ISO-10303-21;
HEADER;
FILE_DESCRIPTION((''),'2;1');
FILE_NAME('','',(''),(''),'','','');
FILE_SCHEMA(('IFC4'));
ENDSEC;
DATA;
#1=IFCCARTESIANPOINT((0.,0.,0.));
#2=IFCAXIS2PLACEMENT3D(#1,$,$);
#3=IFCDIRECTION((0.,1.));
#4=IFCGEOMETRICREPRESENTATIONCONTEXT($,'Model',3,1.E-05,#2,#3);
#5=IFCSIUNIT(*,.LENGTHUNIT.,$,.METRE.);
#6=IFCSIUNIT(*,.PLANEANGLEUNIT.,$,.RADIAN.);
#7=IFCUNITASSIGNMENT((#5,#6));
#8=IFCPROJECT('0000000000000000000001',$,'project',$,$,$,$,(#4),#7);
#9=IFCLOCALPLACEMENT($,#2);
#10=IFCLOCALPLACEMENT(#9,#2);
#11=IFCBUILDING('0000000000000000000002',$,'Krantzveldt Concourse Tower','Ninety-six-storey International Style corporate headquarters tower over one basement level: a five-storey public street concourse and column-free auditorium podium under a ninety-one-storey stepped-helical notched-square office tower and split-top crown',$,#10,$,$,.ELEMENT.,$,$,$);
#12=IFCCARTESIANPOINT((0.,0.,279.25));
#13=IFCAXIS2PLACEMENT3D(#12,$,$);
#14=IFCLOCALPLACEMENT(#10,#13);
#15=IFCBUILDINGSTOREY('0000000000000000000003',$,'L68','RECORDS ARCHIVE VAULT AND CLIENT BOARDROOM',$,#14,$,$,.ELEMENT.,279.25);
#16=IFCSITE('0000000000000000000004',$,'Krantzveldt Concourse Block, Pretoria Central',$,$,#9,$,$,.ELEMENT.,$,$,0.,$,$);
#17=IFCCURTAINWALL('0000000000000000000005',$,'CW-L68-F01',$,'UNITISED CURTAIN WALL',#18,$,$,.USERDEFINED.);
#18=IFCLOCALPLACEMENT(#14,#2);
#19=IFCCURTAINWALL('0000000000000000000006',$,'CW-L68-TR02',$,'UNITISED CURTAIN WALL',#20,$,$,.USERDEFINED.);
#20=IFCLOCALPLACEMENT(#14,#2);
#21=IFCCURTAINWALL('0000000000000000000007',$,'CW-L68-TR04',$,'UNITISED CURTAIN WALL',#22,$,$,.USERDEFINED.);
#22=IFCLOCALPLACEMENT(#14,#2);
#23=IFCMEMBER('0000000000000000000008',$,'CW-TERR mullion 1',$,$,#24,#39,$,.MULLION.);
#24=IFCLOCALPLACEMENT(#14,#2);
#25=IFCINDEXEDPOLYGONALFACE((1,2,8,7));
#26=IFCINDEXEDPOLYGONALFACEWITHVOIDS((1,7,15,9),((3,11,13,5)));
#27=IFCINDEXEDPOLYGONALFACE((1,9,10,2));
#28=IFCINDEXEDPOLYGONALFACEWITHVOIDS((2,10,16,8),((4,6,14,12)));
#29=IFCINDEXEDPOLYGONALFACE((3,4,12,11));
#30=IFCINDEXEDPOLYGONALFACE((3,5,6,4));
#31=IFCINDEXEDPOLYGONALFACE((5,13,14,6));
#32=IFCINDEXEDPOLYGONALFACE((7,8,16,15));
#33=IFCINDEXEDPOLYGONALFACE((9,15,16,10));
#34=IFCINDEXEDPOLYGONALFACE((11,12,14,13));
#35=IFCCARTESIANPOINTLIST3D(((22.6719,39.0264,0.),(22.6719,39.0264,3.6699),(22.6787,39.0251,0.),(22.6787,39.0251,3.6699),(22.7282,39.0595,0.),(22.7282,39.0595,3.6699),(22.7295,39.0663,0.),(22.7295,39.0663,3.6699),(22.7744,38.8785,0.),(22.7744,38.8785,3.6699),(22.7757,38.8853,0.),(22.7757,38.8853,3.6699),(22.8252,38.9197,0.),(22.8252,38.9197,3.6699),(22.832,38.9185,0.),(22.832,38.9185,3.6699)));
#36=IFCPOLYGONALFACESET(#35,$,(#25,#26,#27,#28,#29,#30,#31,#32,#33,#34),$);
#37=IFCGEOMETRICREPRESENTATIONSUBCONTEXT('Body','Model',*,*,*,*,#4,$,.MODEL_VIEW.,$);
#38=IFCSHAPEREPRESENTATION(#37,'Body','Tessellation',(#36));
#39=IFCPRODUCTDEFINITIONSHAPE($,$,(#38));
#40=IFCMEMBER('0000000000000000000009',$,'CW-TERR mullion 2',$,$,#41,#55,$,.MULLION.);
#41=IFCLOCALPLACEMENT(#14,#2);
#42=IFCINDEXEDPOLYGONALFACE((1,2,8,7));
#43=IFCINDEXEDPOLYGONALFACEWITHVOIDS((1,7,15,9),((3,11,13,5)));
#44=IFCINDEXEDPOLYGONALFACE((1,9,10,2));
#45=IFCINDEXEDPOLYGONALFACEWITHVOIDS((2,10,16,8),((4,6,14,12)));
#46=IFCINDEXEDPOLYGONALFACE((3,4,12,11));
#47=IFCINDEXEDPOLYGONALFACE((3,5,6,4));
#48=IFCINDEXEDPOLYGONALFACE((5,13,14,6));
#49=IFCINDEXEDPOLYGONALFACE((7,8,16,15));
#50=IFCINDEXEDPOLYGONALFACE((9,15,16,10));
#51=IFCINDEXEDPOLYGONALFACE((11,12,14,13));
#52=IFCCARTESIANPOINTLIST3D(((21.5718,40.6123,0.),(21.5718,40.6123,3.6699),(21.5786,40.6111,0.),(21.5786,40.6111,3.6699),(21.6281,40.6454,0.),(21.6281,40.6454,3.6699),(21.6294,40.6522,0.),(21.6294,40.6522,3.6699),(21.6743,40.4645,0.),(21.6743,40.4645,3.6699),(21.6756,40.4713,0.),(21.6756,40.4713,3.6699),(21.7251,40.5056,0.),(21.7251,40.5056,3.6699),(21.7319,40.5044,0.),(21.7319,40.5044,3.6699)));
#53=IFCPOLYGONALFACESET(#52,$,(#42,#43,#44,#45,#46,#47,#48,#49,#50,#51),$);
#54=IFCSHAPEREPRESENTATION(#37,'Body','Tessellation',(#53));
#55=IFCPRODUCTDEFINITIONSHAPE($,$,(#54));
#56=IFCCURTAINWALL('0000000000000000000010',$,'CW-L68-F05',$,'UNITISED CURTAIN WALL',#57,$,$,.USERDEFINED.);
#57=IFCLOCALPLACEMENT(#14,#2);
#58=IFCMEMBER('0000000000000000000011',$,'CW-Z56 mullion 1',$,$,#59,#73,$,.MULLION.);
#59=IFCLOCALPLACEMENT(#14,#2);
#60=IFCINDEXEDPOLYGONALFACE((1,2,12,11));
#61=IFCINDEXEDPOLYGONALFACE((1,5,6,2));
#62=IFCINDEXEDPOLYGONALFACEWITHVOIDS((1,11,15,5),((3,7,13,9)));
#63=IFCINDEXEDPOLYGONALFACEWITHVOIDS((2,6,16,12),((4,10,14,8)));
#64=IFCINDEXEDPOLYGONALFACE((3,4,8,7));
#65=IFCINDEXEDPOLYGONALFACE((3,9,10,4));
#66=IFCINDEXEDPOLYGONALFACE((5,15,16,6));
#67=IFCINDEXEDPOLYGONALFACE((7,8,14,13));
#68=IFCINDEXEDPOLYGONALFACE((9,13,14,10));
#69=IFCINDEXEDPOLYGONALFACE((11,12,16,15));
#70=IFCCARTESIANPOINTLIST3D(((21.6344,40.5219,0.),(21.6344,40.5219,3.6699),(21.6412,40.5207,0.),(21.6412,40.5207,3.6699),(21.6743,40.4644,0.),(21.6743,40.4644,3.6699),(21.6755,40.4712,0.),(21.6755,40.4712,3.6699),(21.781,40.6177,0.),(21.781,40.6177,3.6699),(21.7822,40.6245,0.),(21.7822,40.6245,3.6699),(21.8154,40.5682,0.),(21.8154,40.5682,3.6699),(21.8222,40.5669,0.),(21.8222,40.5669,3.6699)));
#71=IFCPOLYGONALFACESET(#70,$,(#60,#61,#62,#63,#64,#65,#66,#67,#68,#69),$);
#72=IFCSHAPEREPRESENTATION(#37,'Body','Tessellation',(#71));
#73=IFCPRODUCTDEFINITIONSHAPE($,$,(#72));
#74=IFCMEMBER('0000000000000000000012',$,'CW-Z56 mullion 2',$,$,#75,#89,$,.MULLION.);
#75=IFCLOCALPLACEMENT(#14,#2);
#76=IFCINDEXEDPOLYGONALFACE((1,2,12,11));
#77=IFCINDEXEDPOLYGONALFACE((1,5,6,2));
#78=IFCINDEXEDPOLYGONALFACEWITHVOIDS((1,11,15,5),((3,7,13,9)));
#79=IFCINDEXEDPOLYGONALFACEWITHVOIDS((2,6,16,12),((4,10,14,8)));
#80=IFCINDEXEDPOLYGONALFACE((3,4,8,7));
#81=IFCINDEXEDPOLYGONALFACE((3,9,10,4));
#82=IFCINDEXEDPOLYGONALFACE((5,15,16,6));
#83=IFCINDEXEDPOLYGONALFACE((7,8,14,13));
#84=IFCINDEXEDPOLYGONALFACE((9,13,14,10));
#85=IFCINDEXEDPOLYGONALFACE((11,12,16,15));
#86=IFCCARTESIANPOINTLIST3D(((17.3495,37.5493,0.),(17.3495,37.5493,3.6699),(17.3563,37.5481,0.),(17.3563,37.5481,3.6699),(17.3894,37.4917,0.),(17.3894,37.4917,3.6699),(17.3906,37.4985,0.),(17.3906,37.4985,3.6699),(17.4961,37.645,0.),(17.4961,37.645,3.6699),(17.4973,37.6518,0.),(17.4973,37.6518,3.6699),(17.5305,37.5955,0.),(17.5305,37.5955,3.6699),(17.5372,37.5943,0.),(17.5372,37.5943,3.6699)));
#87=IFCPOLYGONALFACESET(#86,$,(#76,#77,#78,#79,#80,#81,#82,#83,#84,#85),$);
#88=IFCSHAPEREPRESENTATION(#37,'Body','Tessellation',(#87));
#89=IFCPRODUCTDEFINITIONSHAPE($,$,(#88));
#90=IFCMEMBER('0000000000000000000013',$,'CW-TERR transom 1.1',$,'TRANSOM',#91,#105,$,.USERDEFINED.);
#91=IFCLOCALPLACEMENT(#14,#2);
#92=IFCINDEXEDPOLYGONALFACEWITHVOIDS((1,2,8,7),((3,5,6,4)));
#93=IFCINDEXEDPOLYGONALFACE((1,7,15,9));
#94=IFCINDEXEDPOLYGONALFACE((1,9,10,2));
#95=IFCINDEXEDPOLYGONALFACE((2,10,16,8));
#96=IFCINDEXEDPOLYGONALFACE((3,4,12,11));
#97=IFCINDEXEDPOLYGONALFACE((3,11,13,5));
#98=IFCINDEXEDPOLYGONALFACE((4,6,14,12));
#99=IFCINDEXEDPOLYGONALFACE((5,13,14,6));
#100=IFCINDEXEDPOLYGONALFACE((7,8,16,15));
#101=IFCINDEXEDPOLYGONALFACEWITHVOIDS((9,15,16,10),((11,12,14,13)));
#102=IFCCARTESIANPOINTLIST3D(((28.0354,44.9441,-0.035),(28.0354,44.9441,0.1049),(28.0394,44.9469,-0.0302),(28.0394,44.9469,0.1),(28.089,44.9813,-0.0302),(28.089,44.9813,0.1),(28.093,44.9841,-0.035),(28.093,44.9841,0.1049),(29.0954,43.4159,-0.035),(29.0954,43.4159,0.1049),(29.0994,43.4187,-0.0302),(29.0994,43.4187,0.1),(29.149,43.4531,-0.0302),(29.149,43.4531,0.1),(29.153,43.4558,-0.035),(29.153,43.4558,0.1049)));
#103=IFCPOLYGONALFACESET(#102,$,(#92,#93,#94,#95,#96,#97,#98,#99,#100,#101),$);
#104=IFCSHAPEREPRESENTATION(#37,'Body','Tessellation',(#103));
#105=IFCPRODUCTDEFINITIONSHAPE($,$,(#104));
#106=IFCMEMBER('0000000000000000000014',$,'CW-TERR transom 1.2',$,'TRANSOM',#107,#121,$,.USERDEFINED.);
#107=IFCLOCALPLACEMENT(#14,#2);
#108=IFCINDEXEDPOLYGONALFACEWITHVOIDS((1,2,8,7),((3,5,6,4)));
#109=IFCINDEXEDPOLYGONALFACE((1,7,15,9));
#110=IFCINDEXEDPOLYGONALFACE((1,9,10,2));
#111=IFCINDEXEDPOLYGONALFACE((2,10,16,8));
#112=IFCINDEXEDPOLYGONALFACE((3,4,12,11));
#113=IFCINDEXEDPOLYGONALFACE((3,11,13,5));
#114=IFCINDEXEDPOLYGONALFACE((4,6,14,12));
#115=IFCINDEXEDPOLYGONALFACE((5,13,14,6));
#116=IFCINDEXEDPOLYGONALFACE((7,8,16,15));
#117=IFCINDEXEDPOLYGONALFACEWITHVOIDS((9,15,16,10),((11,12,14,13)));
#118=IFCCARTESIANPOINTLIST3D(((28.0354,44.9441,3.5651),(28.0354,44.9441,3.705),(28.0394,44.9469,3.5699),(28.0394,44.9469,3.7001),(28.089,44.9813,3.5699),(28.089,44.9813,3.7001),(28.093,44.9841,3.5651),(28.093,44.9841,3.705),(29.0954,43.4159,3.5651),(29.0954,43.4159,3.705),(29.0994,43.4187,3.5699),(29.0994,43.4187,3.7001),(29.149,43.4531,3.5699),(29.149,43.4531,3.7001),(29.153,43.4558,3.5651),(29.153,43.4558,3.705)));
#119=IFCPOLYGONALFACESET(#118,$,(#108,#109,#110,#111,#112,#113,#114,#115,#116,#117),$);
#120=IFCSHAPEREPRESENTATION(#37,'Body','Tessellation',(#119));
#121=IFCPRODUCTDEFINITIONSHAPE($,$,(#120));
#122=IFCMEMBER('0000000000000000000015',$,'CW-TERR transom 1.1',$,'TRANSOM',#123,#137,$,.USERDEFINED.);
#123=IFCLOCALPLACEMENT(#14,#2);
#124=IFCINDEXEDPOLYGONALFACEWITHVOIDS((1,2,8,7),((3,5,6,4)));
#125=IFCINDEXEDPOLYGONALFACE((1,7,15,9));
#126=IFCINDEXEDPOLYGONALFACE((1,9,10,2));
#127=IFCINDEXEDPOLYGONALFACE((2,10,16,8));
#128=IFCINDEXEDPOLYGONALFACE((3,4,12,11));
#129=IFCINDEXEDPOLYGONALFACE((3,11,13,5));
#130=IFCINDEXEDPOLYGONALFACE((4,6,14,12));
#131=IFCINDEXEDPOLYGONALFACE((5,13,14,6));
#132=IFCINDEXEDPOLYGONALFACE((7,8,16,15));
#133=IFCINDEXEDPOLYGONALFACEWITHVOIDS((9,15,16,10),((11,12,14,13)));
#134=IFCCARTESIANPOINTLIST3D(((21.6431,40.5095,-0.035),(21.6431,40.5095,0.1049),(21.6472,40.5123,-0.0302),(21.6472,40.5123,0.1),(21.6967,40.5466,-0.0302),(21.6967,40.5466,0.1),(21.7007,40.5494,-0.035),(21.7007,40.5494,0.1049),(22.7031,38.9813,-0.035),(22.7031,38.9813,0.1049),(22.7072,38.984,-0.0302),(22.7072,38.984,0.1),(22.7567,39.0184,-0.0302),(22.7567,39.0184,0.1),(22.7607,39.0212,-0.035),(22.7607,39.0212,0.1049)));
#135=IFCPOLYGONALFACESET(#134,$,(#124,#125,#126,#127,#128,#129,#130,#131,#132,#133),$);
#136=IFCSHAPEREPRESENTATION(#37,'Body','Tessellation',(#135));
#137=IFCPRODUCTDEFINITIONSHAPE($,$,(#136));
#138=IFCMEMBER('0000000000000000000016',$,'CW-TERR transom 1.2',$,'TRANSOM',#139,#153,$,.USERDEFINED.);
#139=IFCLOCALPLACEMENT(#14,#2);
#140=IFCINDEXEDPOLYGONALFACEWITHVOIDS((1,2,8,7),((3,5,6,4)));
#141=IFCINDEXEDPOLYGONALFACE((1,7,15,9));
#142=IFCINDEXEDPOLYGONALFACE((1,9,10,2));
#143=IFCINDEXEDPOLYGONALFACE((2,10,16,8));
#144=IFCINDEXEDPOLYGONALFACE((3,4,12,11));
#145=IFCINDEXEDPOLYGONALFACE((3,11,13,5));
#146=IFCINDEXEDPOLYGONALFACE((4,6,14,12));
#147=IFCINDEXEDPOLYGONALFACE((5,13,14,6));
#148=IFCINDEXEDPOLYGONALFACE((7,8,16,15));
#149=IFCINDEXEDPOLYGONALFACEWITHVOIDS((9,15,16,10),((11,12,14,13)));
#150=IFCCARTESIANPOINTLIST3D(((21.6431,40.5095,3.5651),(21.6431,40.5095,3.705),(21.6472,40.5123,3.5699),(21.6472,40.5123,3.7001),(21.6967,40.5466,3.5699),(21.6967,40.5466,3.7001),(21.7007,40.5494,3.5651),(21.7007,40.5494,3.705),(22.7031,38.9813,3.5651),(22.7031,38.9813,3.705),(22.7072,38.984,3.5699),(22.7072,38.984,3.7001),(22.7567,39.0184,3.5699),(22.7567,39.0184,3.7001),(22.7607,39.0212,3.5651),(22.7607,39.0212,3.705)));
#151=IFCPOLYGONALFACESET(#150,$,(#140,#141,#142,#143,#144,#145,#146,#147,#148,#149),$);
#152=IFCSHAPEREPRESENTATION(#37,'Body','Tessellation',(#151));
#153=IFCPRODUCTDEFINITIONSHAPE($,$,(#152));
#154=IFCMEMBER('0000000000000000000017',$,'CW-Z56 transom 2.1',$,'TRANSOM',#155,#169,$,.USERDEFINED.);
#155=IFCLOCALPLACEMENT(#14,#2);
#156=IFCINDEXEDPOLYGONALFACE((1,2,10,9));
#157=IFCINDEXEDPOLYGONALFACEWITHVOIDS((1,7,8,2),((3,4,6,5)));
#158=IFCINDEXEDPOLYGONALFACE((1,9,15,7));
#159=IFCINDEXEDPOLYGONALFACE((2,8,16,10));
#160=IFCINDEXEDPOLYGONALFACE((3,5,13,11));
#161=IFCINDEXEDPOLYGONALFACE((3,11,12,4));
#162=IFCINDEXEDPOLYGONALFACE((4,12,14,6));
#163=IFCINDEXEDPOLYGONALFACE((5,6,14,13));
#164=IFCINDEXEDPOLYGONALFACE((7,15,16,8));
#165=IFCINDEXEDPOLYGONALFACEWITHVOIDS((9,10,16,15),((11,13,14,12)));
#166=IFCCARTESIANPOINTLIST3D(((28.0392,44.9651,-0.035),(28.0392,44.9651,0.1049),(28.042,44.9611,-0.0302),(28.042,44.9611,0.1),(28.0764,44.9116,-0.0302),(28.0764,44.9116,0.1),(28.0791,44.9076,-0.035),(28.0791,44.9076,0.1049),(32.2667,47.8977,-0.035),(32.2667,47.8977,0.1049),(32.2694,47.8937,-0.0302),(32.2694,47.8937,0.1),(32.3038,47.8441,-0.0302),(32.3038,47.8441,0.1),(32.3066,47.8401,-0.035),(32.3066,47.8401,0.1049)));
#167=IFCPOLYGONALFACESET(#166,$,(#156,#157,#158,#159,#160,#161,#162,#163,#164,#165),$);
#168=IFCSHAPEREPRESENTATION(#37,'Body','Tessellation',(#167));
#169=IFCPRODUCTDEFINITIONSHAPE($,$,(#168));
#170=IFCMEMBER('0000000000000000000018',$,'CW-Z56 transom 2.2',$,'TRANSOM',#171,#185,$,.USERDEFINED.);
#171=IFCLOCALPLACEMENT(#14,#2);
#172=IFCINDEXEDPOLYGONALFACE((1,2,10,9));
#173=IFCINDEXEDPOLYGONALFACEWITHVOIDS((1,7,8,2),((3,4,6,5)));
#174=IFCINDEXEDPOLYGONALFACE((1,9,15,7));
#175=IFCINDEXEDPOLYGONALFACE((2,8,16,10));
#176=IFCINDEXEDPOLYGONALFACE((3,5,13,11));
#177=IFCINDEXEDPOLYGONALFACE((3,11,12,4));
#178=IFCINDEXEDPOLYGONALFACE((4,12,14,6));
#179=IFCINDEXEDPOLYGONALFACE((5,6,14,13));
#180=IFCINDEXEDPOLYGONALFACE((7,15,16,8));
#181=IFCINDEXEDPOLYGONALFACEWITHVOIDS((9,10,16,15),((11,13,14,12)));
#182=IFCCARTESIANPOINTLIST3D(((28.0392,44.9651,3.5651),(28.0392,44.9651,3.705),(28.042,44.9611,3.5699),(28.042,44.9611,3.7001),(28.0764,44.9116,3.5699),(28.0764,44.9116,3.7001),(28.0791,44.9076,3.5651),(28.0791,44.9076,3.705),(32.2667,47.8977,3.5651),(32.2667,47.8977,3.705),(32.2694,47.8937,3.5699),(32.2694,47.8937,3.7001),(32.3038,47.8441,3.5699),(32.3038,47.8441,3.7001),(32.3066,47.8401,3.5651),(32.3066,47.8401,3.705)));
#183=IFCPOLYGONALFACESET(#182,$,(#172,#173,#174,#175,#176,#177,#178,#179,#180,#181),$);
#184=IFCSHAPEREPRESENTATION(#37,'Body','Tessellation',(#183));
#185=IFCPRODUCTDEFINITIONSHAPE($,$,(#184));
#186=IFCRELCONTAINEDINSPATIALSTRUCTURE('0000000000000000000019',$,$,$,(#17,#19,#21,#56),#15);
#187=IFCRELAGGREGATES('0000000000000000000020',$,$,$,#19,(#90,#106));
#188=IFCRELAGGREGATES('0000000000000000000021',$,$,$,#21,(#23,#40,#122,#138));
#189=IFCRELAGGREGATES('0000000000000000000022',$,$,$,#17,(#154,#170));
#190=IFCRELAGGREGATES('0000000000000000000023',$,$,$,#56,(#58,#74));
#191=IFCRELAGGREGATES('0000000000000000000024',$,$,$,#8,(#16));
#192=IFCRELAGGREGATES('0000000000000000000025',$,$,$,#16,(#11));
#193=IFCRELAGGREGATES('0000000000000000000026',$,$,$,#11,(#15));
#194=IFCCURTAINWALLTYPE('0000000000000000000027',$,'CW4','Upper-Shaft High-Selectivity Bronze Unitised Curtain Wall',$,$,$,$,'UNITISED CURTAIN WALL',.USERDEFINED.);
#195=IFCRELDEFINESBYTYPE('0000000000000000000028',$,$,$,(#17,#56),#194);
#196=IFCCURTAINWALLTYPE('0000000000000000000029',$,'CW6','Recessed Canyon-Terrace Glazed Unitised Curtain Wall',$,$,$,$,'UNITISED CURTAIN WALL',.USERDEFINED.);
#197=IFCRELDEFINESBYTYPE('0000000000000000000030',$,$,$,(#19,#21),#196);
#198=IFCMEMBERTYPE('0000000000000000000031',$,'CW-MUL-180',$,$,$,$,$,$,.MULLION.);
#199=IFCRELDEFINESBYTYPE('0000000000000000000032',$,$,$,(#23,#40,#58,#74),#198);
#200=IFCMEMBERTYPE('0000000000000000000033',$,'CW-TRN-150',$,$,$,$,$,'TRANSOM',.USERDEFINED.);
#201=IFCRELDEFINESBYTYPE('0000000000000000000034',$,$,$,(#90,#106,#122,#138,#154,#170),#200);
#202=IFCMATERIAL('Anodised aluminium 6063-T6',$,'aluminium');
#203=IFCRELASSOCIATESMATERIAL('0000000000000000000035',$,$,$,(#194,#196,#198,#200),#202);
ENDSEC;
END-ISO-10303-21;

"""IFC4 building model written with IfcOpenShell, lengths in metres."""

from ifc_helpers import new_model, si_unit, direction, frame, origin, origin_2d, place, context, subcontext, project, spatial, hollow_rectangle, extrude, source, transform, mapped, material, material_profile, profile_set, type_object, type_shapes, element, aggregate, save


model = new_model("IFC4")

# Units and contexts
model_context = context("Model", 3, precision=1e-05, world=origin(), true_north=direction((0.0, 1.0)))
body_context = subcontext(model_context, "Body", "Model", "MODEL_VIEW")
ifc_project = project(units=[si_unit("LENGTHUNIT", "METRE"), si_unit("PLANEANGLEUNIT", "RADIAN")], contexts=[model_context])

# Site, building, storey
site_placement = place(None, origin())
site = spatial("IfcSite", under=ifc_project, at=site_placement, Name="Krantzveldt Concourse Block, Pretoria Central", CompositionType="ELEMENT", RefElevation=0.0)
building_placement = place(site_placement, origin())
building = spatial("IfcBuilding", under=site, at=building_placement, Name="Krantzveldt Concourse Tower", Description="Ninety-six-storey International Style corporate headquarters tower over one basement level: a five-storey public street concourse and column-free auditorium podium under a ninety-one-storey stepped-helical notched-square office tower and split-top crown", CompositionType="ELEMENT")
storey_placement = place(building_placement, frame((0.0, 0.0, 279.25)))
storey = spatial("IfcBuildingStorey", under=building, at=storey_placement, Name="L68", Description="RECORDS ARCHIVE VAULT AND CLIENT BOARDROOM", CompositionType="ELEMENT", Elevation=279.25)

# Curtain walls, members
ifc_material_1 = material(Name="Anodised aluminium 6063-T6", Category="aluminium")
curtain_wall_type_1 = type_object("IfcCurtainWallType", Name="CW4", Description="Upper-Shaft High-Selectivity Bronze Unitised Curtain Wall", ElementType="UNITISED CURTAIN WALL", PredefinedType="USERDEFINED", material=ifc_material_1)
curtain_wall_1_placement = place(storey_placement, origin())
curtain_wall_1 = element("IfcCurtainWall", 1, at=curtain_wall_1_placement, inside=storey, type_object=curtain_wall_type_1, Name="CW-L68-F01", ObjectType="UNITISED CURTAIN WALL", PredefinedType="USERDEFINED")
ifc_material_profile_1 = material_profile(ifc_material_1, hollow_rectangle(XDim=0.0701, YDim=0.1799, WallThickness=0.0049, at=origin_2d()), Name="Anodised aluminium 6063-T6", Category="aluminium")
ifc_profile_set_1 = profile_set([ifc_material_profile_1], Name="Anodised aluminium 6063-T6 - ALU-MULL 180x70x5")
member_type_1 = type_object("IfcMemberType", Name="CW-MUL-180", PredefinedType="MULLION", material=ifc_profile_set_1)
shared_shape_1 = source(origin(), body_context, "Body", "SweptSolid", [
    extrude(hollow_rectangle(XDim=0.0701, YDim=0.1799, WallThickness=0.0049, at=origin_2d()), origin(), (0.0, 0.0, 1.0), 3.6699),
])
type_shapes(member_type_1, [shared_shape_1])
curtain_wall_type_2 = type_object("IfcCurtainWallType", Name="CW6", Description="Recessed Canyon-Terrace Glazed Unitised Curtain Wall", ElementType="UNITISED CURTAIN WALL", PredefinedType="USERDEFINED", material=ifc_material_1)
curtain_wall_2_placement = place(storey_placement, origin())
curtain_wall_2 = element("IfcCurtainWall", 2, at=curtain_wall_2_placement, inside=storey, type_object=curtain_wall_type_2, Name="CW-L68-TR02", ObjectType="UNITISED CURTAIN WALL", PredefinedType="USERDEFINED")
curtain_wall_3_placement = place(storey_placement, origin())
curtain_wall_3 = element("IfcCurtainWall", 3, at=curtain_wall_3_placement, inside=storey, type_object=curtain_wall_type_2, Name="CW-L68-TR04", ObjectType="UNITISED CURTAIN WALL", PredefinedType="USERDEFINED")
member_1_placement = place(storey_placement, frame((22.752, 38.9724, 0.0), z_axis=(0.0, 0.0, 1.0), x_axis=(-0.821647, -0.569996, 0.0)))
member_1 = element("IfcMember", 4, at=member_1_placement, type_object=member_type_1, Name="CW-TERR mullion 1", PredefinedType="MULLION", context=body_context, shape_type="MappedRepresentation", body=[
    mapped(shared_shape_1, transform((0.0, 0.0, 0.0), x_axis=(1.0, 0.0, 0.0), y_axis=(0.0, 1.0, 0.0), z_axis=(0.0, 0.0, 1.0), scale=1.0)),
])
member_2_placement = place(storey_placement, frame((21.6519, 40.5583, 0.0), z_axis=(0.0, 0.0, 1.0), x_axis=(-0.821647, -0.569996, 0.0)))
member_2 = element("IfcMember", 5, at=member_2_placement, type_object=member_type_1, Name="CW-TERR mullion 2", PredefinedType="MULLION", context=body_context, shape_type="MappedRepresentation", body=[
    mapped(shared_shape_1, transform((0.0, 0.0, 0.0), x_axis=(1.0, 0.0, 0.0), y_axis=(0.0, 1.0, 0.0), z_axis=(0.0, 0.0, 1.0), scale=1.0)),
])
curtain_wall_4_placement = place(storey_placement, origin())
curtain_wall_4 = element("IfcCurtainWall", 6, at=curtain_wall_4_placement, inside=storey, type_object=curtain_wall_type_1, Name="CW-L68-F05", ObjectType="UNITISED CURTAIN WALL", PredefinedType="USERDEFINED")
member_3_placement = place(storey_placement, frame((21.7283, 40.5444, 0.0), z_axis=(0.0, 0.0, 1.0), x_axis=(0.569996, -0.821647, 0.0)))
member_3 = element("IfcMember", 7, at=member_3_placement, type_object=member_type_1, Name="CW-Z56 mullion 1", PredefinedType="MULLION", context=body_context, shape_type="MappedRepresentation", body=[
    mapped(shared_shape_1, transform((0.0, 0.0, 0.0), x_axis=(1.0, 0.0, 0.0), y_axis=(0.0, 1.0, 0.0), z_axis=(0.0, 0.0, 1.0), scale=1.0)),
])
member_4_placement = place(storey_placement, frame((17.4434, 37.5718, 0.0), z_axis=(0.0, 0.0, 1.0), x_axis=(0.569996, -0.821647, 0.0)))
member_4 = element("IfcMember", 8, at=member_4_placement, type_object=member_type_1, Name="CW-Z56 mullion 2", PredefinedType="MULLION", context=body_context, shape_type="MappedRepresentation", body=[
    mapped(shared_shape_1, transform((0.0, 0.0, 0.0), x_axis=(1.0, 0.0, 0.0), y_axis=(0.0, 1.0, 0.0), z_axis=(0.0, 0.0, 1.0), scale=1.0)),
])

# Members
ifc_material_profile_2 = material_profile(ifc_material_1, hollow_rectangle(XDim=0.0701, YDim=0.1399, WallThickness=0.0049, at=origin_2d()), Name="Anodised aluminium 6063-T6", Category="aluminium")
ifc_profile_set_2 = profile_set([ifc_material_profile_2], Name="Anodised aluminium 6063-T6 - ALU-TRAN 140x70x5")
member_type_2 = type_object("IfcMemberType", Name="CW-TRN-150", ElementType="TRANSOM", PredefinedType="USERDEFINED", material=ifc_profile_set_2)
shared_shape_2 = source(origin(), body_context, "Body", "SweptSolid", [
    extrude(hollow_rectangle(XDim=0.0701, YDim=0.1399, WallThickness=0.0049, at=origin_2d()), origin(), (0.0, 0.0, 1.0), 1.8599),
])
member_5_placement = place(storey_placement, frame((28.0642, 44.9641, 0.0349), z_axis=(0.569933, -0.821691, 0.0), x_axis=(0.821691, 0.569933, 0.0)))
member_5 = element("IfcMember", 9, at=member_5_placement, type_object=member_type_2, Name="CW-TERR transom 1.1", ObjectType="TRANSOM", PredefinedType="USERDEFINED", context=body_context, shape_type="MappedRepresentation", body=[
    mapped(shared_shape_2, transform((0.0, 0.0, 0.0), x_axis=(1.0, 0.0, 0.0), y_axis=(0.0, 1.0, 0.0), z_axis=(0.0, 0.0, 1.0), scale=1.0)),
])
member_6_placement = place(storey_placement, frame((28.0642, 44.9641, 3.635), z_axis=(0.569933, -0.821691, 0.0), x_axis=(0.821691, 0.569933, 0.0)))
member_6 = element("IfcMember", 10, at=member_6_placement, type_object=member_type_2, Name="CW-TERR transom 1.2", ObjectType="TRANSOM", PredefinedType="USERDEFINED", context=body_context, shape_type="MappedRepresentation", body=[
    mapped(shared_shape_2, transform((0.0, 0.0, 0.0), x_axis=(1.0, 0.0, 0.0), y_axis=(0.0, 1.0, 0.0), z_axis=(0.0, 0.0, 1.0), scale=1.0)),
])
member_7_placement = place(storey_placement, frame((22.7319, 39.0012, 0.0349), z_axis=(-0.569933, 0.821691, 0.0), x_axis=(-0.821691, -0.569933, 0.0)))
member_7 = element("IfcMember", 11, at=member_7_placement, type_object=member_type_2, Name="CW-TERR transom 1.1", ObjectType="TRANSOM", PredefinedType="USERDEFINED", context=body_context, shape_type="MappedRepresentation", body=[
    mapped(shared_shape_2, transform((0.0, 0.0, 0.0), x_axis=(1.0, 0.0, 0.0), y_axis=(0.0, 1.0, 0.0), z_axis=(0.0, 0.0, 1.0), scale=1.0)),
])
member_8_placement = place(storey_placement, frame((22.7319, 39.0012, 3.635), z_axis=(-0.569933, 0.821691, 0.0), x_axis=(-0.821691, -0.569933, 0.0)))
member_8 = element("IfcMember", 12, at=member_8_placement, type_object=member_type_2, Name="CW-TERR transom 1.2", ObjectType="TRANSOM", PredefinedType="USERDEFINED", context=body_context, shape_type="MappedRepresentation", body=[
    mapped(shared_shape_2, transform((0.0, 0.0, 0.0), x_axis=(1.0, 0.0, 0.0), y_axis=(0.0, 1.0, 0.0), z_axis=(0.0, 0.0, 1.0), scale=1.0)),
])
shared_shape_3 = source(origin(), body_context, "Body", "SweptSolid", [
    extrude(hollow_rectangle(XDim=0.0701, YDim=0.1399, WallThickness=0.0049, at=origin_2d()), origin(), (0.0, 0.0, 1.0), 5.145),
])
type_shapes(member_type_2, [shared_shape_2, shared_shape_3])
member_9_placement = place(storey_placement, frame((32.2866, 47.8689, 0.0349), z_axis=(-0.821659, -0.56998, 0.0), x_axis=(0.56998, -0.821659, 0.0)))
member_9 = element("IfcMember", 13, at=member_9_placement, type_object=member_type_2, Name="CW-Z56 transom 2.1", ObjectType="TRANSOM", PredefinedType="USERDEFINED", context=body_context, shape_type="MappedRepresentation", body=[
    mapped(shared_shape_3, transform((0.0, 0.0, 0.0), x_axis=(1.0, 0.0, 0.0), y_axis=(0.0, 1.0, 0.0), z_axis=(0.0, 0.0, 1.0), scale=1.0)),
])
member_10_placement = place(storey_placement, frame((32.2866, 47.8689, 3.635), z_axis=(-0.821659, -0.56998, 0.0), x_axis=(0.56998, -0.821659, 0.0)))
member_10 = element("IfcMember", 14, at=member_10_placement, type_object=member_type_2, Name="CW-Z56 transom 2.2", ObjectType="TRANSOM", PredefinedType="USERDEFINED", context=body_context, shape_type="MappedRepresentation", body=[
    mapped(shared_shape_3, transform((0.0, 0.0, 0.0), x_axis=(1.0, 0.0, 0.0), y_axis=(0.0, 1.0, 0.0), z_axis=(0.0, 0.0, 1.0), scale=1.0)),
])

aggregate(curtain_wall_2, [member_5, member_6])
aggregate(curtain_wall_3, [member_1, member_2, member_7, member_8])
aggregate(curtain_wall_1, [member_9, member_10])
aggregate(curtain_wall_4, [member_3, member_4])

save(model, "model.ifc")
